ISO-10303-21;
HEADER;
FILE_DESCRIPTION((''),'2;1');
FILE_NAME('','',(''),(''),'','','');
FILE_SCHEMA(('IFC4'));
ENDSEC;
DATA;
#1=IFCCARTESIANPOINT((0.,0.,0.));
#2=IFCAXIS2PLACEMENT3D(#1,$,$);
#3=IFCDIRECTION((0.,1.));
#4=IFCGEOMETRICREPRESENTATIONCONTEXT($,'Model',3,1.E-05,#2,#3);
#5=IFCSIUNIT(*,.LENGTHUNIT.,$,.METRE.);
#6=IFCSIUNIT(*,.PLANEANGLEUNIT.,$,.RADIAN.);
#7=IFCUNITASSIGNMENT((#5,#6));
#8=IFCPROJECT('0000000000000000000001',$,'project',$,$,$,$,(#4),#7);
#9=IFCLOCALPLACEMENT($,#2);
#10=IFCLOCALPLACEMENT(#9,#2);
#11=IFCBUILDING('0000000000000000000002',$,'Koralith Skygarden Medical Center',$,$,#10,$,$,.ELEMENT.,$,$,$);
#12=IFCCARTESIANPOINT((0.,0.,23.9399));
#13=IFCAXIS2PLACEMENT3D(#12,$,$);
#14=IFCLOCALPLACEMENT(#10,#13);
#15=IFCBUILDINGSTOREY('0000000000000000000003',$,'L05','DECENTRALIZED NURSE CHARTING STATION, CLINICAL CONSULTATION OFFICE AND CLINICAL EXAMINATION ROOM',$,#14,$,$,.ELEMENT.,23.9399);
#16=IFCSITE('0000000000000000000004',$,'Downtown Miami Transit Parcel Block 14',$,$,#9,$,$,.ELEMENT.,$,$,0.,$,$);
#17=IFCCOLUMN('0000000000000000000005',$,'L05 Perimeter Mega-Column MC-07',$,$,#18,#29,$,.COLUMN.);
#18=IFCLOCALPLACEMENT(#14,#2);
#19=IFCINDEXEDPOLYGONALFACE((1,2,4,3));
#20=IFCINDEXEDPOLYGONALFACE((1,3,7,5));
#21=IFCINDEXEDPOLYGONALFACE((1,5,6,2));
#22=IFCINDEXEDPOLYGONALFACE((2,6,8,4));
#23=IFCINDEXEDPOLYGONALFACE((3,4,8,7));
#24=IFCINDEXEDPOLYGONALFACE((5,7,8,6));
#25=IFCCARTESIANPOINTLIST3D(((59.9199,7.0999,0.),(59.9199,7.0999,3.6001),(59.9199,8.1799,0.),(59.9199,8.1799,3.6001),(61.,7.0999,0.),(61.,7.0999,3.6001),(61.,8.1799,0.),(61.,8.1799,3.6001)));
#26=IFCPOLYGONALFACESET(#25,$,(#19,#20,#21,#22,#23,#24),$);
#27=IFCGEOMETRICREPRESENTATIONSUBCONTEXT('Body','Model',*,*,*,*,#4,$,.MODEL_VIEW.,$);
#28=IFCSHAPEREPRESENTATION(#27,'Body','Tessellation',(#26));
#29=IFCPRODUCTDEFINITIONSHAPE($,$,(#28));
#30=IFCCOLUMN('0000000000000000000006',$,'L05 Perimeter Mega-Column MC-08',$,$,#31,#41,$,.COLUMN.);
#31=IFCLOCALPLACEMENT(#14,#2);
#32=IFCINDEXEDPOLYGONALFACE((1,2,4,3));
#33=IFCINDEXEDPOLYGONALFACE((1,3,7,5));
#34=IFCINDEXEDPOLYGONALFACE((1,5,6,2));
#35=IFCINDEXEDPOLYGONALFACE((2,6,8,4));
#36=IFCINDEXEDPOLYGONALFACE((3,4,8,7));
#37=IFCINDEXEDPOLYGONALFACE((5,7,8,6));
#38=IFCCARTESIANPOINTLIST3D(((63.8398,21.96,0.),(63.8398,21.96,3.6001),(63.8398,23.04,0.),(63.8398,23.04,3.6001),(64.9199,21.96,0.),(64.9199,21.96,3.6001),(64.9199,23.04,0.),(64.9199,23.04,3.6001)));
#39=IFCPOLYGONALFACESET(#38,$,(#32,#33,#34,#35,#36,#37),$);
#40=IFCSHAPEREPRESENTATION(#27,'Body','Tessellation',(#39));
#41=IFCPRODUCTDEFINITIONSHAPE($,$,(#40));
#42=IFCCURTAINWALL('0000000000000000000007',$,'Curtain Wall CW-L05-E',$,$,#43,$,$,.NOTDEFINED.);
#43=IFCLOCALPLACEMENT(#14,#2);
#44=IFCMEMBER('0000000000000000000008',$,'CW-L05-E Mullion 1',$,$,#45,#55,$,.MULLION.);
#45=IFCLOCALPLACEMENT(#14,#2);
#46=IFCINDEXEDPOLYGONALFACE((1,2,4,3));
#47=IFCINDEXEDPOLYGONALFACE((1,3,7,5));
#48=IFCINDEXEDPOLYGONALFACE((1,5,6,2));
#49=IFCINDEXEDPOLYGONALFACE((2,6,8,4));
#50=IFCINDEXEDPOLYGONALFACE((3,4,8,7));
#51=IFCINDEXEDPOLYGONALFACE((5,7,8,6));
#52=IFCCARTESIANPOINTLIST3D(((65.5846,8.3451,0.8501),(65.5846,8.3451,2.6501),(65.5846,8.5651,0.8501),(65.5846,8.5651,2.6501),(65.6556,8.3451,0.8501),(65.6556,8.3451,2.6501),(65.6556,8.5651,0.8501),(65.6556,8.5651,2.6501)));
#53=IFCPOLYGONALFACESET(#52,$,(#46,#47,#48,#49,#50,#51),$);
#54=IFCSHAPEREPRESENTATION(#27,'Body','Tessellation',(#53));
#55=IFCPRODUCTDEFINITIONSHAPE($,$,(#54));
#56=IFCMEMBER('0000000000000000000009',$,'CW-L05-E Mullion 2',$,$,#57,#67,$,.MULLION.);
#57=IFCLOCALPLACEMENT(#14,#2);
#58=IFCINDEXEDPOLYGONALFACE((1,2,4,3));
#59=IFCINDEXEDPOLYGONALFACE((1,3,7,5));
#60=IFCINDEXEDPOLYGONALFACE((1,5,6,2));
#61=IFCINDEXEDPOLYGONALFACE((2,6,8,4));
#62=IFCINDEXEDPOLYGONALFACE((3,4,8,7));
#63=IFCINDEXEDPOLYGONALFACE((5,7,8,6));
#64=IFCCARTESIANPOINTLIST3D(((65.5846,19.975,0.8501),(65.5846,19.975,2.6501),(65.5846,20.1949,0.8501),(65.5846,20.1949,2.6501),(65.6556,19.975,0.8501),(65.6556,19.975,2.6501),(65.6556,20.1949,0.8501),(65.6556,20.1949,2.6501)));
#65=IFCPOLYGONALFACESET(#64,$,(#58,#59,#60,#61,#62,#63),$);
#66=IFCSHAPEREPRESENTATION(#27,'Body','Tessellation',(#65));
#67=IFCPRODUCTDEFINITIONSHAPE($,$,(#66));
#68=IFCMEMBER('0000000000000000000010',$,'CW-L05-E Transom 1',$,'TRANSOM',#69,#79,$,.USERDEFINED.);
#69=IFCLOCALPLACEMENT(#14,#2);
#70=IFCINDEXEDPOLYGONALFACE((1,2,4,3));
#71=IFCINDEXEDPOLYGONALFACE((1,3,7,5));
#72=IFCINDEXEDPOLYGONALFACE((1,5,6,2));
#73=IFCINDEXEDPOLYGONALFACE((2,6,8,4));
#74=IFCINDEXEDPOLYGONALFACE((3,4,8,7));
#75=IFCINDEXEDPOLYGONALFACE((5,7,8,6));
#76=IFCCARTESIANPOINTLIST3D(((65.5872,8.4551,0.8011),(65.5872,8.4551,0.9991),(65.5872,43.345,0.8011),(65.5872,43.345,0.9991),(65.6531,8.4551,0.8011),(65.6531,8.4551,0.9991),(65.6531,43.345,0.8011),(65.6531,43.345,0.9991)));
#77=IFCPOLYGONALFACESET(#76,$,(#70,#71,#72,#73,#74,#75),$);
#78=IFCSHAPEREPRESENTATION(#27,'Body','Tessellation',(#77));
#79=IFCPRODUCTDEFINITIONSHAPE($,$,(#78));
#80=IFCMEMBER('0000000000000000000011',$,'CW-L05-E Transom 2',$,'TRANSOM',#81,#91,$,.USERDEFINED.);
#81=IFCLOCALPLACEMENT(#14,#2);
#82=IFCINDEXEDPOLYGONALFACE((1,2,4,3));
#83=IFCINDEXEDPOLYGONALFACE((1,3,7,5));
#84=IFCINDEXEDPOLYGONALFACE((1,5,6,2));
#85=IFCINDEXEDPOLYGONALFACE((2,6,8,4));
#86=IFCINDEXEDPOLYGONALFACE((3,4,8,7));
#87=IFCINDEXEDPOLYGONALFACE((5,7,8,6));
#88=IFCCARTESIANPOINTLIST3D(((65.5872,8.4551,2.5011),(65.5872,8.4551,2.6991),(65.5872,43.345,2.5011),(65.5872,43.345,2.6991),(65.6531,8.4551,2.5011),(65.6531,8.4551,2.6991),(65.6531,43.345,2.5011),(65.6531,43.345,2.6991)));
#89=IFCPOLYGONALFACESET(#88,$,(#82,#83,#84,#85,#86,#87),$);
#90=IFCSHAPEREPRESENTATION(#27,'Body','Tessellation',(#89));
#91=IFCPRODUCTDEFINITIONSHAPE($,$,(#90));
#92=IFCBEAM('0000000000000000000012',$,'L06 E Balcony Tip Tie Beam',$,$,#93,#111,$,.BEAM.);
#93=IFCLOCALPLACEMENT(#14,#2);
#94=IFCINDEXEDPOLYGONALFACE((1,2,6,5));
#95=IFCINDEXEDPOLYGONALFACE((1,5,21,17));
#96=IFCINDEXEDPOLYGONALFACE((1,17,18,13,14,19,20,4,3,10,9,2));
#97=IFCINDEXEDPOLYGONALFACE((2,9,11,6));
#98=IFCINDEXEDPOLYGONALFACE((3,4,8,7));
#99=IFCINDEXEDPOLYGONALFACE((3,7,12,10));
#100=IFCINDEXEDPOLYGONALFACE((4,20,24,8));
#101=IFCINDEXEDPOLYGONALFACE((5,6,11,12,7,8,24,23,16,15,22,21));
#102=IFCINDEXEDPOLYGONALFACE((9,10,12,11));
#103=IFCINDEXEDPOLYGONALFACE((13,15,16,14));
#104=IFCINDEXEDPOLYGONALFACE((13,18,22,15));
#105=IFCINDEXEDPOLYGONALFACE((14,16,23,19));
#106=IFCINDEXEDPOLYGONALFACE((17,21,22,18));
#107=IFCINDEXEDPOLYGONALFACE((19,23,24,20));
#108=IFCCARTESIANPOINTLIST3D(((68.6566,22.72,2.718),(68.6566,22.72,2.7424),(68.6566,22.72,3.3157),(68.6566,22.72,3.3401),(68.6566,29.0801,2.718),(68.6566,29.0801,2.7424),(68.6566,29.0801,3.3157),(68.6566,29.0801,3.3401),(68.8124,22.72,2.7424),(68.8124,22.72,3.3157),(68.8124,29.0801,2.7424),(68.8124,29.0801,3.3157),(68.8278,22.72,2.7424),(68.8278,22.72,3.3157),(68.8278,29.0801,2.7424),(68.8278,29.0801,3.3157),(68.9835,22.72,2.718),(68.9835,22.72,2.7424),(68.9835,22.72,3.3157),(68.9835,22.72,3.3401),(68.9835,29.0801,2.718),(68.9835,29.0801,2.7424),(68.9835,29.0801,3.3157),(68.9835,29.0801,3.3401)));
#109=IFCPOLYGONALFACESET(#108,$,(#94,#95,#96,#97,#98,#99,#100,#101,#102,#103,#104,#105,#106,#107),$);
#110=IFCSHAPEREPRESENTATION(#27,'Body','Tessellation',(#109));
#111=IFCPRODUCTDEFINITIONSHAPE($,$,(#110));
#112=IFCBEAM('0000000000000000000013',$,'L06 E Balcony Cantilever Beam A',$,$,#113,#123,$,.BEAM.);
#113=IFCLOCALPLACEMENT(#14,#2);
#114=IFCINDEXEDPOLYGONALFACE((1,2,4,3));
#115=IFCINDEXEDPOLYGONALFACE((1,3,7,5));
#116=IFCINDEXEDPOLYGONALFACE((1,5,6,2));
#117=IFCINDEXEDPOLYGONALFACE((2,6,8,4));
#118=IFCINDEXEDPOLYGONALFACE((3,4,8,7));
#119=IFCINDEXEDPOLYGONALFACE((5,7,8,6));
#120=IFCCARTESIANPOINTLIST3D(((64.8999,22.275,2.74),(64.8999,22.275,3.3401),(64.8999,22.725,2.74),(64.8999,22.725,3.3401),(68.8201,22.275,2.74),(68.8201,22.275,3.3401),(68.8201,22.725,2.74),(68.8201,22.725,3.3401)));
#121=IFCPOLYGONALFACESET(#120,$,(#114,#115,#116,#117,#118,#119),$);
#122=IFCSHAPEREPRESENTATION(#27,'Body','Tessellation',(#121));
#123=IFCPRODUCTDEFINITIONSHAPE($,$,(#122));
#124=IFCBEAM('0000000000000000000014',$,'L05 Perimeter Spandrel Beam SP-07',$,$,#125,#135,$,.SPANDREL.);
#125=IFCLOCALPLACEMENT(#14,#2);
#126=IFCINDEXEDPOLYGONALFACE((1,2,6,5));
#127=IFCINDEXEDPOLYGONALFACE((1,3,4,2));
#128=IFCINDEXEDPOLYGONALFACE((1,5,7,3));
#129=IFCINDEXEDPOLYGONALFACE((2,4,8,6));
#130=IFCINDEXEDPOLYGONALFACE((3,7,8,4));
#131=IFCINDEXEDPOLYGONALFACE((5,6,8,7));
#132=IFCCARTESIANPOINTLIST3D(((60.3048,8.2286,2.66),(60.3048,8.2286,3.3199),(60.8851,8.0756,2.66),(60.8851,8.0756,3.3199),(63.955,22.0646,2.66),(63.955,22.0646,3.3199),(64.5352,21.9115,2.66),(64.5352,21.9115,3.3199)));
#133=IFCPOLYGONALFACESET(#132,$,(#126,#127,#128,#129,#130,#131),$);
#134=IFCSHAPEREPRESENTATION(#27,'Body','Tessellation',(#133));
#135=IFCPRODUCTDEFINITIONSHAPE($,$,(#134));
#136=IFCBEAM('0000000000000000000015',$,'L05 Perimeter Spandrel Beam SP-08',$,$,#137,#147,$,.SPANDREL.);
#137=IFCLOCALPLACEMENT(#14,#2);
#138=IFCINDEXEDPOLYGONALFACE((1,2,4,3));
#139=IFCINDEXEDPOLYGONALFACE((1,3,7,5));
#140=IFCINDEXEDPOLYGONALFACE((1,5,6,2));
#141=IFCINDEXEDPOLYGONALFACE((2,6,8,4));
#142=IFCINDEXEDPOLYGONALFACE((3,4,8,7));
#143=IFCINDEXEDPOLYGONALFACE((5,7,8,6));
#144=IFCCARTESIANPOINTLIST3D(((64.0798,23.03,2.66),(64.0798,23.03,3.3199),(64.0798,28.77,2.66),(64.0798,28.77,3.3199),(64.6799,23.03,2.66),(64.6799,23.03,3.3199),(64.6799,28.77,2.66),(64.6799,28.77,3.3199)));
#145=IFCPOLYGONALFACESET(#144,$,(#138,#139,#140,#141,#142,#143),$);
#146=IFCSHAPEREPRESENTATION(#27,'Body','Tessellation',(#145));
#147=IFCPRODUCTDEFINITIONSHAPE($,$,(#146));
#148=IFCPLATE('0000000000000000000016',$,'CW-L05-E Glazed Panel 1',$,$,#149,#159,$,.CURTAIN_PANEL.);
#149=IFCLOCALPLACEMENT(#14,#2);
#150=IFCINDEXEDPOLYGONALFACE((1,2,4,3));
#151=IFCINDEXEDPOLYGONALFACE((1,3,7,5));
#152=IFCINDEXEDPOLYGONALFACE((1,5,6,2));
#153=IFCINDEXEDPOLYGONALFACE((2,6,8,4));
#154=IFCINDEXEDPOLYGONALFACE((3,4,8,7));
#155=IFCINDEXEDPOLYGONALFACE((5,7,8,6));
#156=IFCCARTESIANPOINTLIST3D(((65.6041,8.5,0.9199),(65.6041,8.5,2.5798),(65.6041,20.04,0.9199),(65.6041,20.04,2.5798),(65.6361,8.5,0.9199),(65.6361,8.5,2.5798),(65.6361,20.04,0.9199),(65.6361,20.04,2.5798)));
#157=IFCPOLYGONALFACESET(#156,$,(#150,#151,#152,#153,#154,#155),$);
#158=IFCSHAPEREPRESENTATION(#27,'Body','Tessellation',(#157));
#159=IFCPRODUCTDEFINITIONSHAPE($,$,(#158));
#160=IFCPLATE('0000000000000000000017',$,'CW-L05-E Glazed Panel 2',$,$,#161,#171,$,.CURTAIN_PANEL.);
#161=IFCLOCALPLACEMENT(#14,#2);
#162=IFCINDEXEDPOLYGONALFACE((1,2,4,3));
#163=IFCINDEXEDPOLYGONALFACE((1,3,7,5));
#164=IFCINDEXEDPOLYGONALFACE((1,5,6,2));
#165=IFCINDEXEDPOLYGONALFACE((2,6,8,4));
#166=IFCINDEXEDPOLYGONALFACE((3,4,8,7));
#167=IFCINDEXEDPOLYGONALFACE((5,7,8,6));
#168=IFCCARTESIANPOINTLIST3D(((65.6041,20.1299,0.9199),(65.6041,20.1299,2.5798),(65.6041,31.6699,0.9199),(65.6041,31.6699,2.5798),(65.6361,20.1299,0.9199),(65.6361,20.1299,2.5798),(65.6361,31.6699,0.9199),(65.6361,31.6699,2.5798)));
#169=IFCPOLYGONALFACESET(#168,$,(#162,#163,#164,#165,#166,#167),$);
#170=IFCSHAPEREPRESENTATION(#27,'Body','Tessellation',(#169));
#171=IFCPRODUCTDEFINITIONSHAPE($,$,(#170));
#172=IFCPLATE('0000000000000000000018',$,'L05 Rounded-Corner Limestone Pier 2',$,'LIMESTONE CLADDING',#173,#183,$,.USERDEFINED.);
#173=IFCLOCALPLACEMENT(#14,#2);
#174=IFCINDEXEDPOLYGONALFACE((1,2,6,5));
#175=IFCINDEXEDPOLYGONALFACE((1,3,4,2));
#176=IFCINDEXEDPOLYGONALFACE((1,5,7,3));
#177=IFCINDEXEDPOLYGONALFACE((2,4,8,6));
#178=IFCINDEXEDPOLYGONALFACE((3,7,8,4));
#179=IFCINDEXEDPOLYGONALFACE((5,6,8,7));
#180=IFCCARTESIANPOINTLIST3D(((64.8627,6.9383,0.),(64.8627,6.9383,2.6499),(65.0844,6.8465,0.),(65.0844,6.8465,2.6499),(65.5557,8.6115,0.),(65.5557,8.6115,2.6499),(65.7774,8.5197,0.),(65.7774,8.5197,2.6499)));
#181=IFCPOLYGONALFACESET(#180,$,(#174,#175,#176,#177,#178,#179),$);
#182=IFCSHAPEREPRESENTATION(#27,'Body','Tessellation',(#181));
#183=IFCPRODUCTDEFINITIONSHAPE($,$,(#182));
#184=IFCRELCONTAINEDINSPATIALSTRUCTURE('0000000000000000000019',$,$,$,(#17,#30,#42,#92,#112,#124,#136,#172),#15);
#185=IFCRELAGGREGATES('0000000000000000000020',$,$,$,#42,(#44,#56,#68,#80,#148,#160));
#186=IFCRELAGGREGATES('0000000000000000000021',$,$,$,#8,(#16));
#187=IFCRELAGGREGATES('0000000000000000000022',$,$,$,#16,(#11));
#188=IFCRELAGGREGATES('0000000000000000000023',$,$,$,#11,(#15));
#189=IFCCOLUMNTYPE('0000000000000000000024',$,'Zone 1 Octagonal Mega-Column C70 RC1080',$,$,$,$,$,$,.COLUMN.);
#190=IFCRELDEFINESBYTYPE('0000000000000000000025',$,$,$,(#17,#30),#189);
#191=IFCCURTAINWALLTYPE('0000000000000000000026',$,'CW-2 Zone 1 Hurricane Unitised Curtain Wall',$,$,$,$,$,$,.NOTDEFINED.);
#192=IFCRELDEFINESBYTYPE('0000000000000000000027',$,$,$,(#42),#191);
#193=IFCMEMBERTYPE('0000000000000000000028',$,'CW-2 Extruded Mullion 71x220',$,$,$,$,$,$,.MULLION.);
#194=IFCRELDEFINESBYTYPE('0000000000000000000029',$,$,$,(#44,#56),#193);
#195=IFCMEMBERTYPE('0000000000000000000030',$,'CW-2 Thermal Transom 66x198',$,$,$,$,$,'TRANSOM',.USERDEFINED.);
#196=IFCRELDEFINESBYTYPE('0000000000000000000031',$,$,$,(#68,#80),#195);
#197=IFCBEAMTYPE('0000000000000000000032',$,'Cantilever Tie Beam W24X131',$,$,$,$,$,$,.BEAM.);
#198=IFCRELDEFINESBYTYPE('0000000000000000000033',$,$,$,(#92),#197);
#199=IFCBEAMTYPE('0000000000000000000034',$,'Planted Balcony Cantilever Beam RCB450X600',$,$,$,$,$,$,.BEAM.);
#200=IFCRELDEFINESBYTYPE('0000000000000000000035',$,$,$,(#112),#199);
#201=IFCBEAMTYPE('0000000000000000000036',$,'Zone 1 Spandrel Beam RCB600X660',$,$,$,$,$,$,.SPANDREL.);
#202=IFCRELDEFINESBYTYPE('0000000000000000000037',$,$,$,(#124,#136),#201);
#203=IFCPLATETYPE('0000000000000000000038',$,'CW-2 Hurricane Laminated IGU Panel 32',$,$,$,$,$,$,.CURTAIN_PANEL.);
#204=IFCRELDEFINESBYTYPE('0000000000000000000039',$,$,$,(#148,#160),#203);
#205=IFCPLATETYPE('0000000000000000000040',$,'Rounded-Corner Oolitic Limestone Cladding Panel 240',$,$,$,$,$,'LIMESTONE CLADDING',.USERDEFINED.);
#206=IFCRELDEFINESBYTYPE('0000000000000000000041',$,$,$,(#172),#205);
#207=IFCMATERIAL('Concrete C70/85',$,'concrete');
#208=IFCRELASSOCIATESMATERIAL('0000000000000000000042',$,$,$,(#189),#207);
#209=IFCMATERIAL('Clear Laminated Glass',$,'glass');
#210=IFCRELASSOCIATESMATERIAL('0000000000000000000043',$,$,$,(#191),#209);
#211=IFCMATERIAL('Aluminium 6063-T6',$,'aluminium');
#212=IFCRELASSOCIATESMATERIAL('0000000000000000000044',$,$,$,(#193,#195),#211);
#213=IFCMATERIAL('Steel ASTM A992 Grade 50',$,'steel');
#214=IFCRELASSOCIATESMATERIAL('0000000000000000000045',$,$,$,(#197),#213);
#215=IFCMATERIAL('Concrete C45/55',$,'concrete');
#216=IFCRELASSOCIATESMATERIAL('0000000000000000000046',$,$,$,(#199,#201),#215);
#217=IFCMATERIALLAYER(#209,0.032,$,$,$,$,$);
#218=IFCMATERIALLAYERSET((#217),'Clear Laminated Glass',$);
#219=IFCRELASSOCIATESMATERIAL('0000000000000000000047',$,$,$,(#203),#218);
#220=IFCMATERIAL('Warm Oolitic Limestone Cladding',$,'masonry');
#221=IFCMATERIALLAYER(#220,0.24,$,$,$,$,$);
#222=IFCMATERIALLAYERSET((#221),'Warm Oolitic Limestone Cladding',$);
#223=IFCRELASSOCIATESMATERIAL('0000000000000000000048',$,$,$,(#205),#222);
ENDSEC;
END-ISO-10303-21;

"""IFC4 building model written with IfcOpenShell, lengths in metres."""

from ifc_helpers import new_model, si_unit, direction, frame, origin, origin_2d, place, context, subcontext, project, spatial, rectangle, i_section, extrude, material, layer, layer_set, material_profile, profile_set, type_object, element, aggregate, save


model = new_model("IFC4")

# Units and contexts
model_context = context("Model", 3, precision=1e-05, world=origin(), true_north=direction((0.0, 1.0)))
body_context = subcontext(model_context, "Body", "Model", "MODEL_VIEW")
ifc_project = project(units=[si_unit("LENGTHUNIT", "METRE"), si_unit("PLANEANGLEUNIT", "RADIAN")], contexts=[model_context])

# Site, building, storey
site_placement = place(None, origin())
site = spatial("IfcSite", under=ifc_project, at=site_placement, Name="Downtown Miami Transit Parcel Block 14", CompositionType="ELEMENT", RefElevation=0.0)
building_placement = place(site_placement, origin())
building = spatial("IfcBuilding", under=site, at=building_placement, Name="Koralith Skygarden Medical Center", CompositionType="ELEMENT")
storey_placement = place(building_placement, frame((0.0, 0.0, 23.9399)))
storey = spatial("IfcBuildingStorey", under=building, at=storey_placement, Name="L05", Description="DECENTRALIZED NURSE CHARTING STATION, CLINICAL CONSULTATION OFFICE AND CLINICAL EXAMINATION ROOM", CompositionType="ELEMENT", Elevation=23.9399)

# Columns
ifc_material_1 = material(Name="Concrete C70/85", Category="concrete")
ifc_material_profile_1 = material_profile(ifc_material_1, rectangle(XDim=1.0801, YDim=1.0801, at=origin_2d()), Name="RC1080X1080")
ifc_profile_set_1 = profile_set([ifc_material_profile_1], Name="Concrete C70/85")
column_type = type_object("IfcColumnType", Name="Zone 1 Octagonal Mega-Column C70 RC1080", PredefinedType="COLUMN", material=ifc_profile_set_1)
for number, where, z_axis, x_axis, name in (
    (1, (60.46, 7.6399, 0.0), (0.0, 0.0, 1.0), (1.0, 0.0, 0.0), "L05 Perimeter Mega-Column MC-07"),
    (2, (64.3799, 22.5, 0.0), (0.0, 0.0, 1.0), (1.0, 0.0, 0.0), "L05 Perimeter Mega-Column MC-08"),
):
    element("IfcColumn", number, at=place(storey_placement, frame(where, z_axis=z_axis, x_axis=x_axis)), inside=storey, type_object=column_type, Name=name, PredefinedType="COLUMN", context=body_context, shape_type="SweptSolid", body=[
        extrude(rectangle(XDim=1.0801, YDim=1.0801, at=origin_2d()), origin(), (0.0, 0.0, 1.0), 3.6001),
    ])

# Curtain wall, members
ifc_material_2 = material(Name="Clear Laminated Glass", Category="glass")
curtain_wall_type = type_object("IfcCurtainWallType", Name="CW-2 Zone 1 Hurricane Unitised Curtain Wall", PredefinedType="NOTDEFINED", material=ifc_material_2)
curtain_wall_placement = place(storey_placement, origin())
curtain_wall = element("IfcCurtainWall", 3, at=curtain_wall_placement, inside=storey, type_object=curtain_wall_type, Name="Curtain Wall CW-L05-E", PredefinedType="NOTDEFINED")
ifc_material_3 = material(Name="Aluminium 6063-T6", Category="aluminium")
ifc_material_profile_2 = material_profile(ifc_material_3, rectangle(XDim=0.071, YDim=0.22, at=origin_2d()), Name="MUL71X220")
ifc_profile_set_2 = profile_set([ifc_material_profile_2], Name="Aluminium 6063-T6")
member_type_1 = type_object("IfcMemberType", Name="CW-2 Extruded Mullion 71x220", PredefinedType="MULLION", material=ifc_profile_set_2)
member_1_placement = place(storey_placement, frame((65.6201, 8.4551, 0.8501), z_axis=(0.0, 0.0, 1.0), x_axis=(1.0, 0.0, 0.0)))
member_1 = element("IfcMember", 4, at=member_1_placement, type_object=member_type_1, Name="CW-L05-E Mullion 1", PredefinedType="MULLION", context=body_context, shape_type="SweptSolid", body=[
    extrude(rectangle(XDim=0.071, YDim=0.22, at=origin_2d()), origin(), (0.0, 0.0, 1.0), 1.8),
])
member_2_placement = place(storey_placement, frame((65.6201, 20.085, 0.8501), z_axis=(0.0, 0.0, 1.0), x_axis=(1.0, 0.0, 0.0)))
member_2 = element("IfcMember", 5, at=member_2_placement, type_object=member_type_1, Name="CW-L05-E Mullion 2", PredefinedType="MULLION", context=body_context, shape_type="SweptSolid", body=[
    extrude(rectangle(XDim=0.071, YDim=0.22, at=origin_2d()), origin(), (0.0, 0.0, 1.0), 1.8),
])
ifc_material_profile_3 = material_profile(ifc_material_3, rectangle(XDim=0.0659, YDim=0.198, at=origin_2d()), Name="TRN66X198")
ifc_profile_set_3 = profile_set([ifc_material_profile_3], Name="Aluminium 6063-T6")
member_type_2 = type_object("IfcMemberType", Name="CW-2 Thermal Transom 66x198", ElementType="TRANSOM", PredefinedType="USERDEFINED", material=ifc_profile_set_3)
member_3_placement = place(storey_placement, frame((65.6201, 8.4551, 0.9001), z_axis=(0.0, 1.0, 0.0), x_axis=(-1.0, 0.0, 0.0)))
member_3 = element("IfcMember", 6, at=member_3_placement, type_object=member_type_2, Name="CW-L05-E Transom 1", ObjectType="TRANSOM", PredefinedType="USERDEFINED", context=body_context, shape_type="SweptSolid", body=[
    extrude(rectangle(XDim=0.0659, YDim=0.198, at=origin_2d()), origin(), (0.0, 0.0, 1.0), 34.8899),
])
member_4_placement = place(storey_placement, frame((65.6201, 8.4551, 2.6001), z_axis=(0.0, 1.0, 0.0), x_axis=(-1.0, 0.0, 0.0)))
member_4 = element("IfcMember", 7, at=member_4_placement, type_object=member_type_2, Name="CW-L05-E Transom 2", ObjectType="TRANSOM", PredefinedType="USERDEFINED", context=body_context, shape_type="SweptSolid", body=[
    extrude(rectangle(XDim=0.0659, YDim=0.198, at=origin_2d()), origin(), (0.0, 0.0, 1.0), 34.8899),
])

# Beams
ifc_material_4 = material(Name="Steel ASTM A992 Grade 50", Category="steel")
ifc_material_profile_4 = material_profile(ifc_material_4, i_section(OverallWidth=0.3269, OverallDepth=0.6221, WebThickness=0.0154, FlangeThickness=0.0244, at=origin_2d()), Name="W24X131")
ifc_profile_set_4 = profile_set([ifc_material_profile_4], Name="Steel ASTM A992 Grade 50")
beam_type_1 = type_object("IfcBeamType", Name="Cantilever Tie Beam W24X131", PredefinedType="BEAM", material=ifc_profile_set_4)
beam_1_placement = place(storey_placement, frame((68.8201, 22.72, 3.0291), z_axis=(0.0, 1.0, 0.0), x_axis=(-1.0, 0.0, 0.0)))
element("IfcBeam", 8, at=beam_1_placement, inside=storey, type_object=beam_type_1, Name="L06 E Balcony Tip Tie Beam", PredefinedType="BEAM", context=body_context, shape_type="SweptSolid", body=[
    extrude(i_section(OverallWidth=0.3269, OverallDepth=0.6221, WebThickness=0.0154, FlangeThickness=0.0244, at=origin_2d()), origin(), (0.0, 0.0, 1.0), 6.3601),
])
ifc_material_5 = material(Name="Concrete C45/55", Category="concrete")
ifc_material_profile_5 = material_profile(ifc_material_5, rectangle(XDim=0.45, YDim=0.6001, at=origin_2d()), Name="RCB450X600")
ifc_profile_set_5 = profile_set([ifc_material_profile_5], Name="Concrete C45/55")
beam_type_2 = type_object("IfcBeamType", Name="Planted Balcony Cantilever Beam RCB450X600", PredefinedType="BEAM", material=ifc_profile_set_5)
beam_2_placement = place(storey_placement, frame((64.8999, 22.5, 3.04), z_axis=(1.0, 0.0, 0.0), x_axis=(0.0, 1.0, 0.0)))
element("IfcBeam", 9, at=beam_2_placement, inside=storey, type_object=beam_type_2, Name="L06 E Balcony Cantilever Beam A", PredefinedType="BEAM", context=body_context, shape_type="SweptSolid", body=[
    extrude(rectangle(XDim=0.45, YDim=0.6001, at=origin_2d()), origin(), (0.0, 0.0, 1.0), 3.9202),
])
ifc_material_profile_6 = material_profile(ifc_material_5, rectangle(XDim=0.6001, YDim=0.6599, at=origin_2d()), Name="RCB600X660")
ifc_profile_set_6 = profile_set([ifc_material_profile_6], Name="Concrete C45/55")
beam_type_3 = type_object("IfcBeamType", Name="Zone 1 Spandrel Beam RCB600X660", PredefinedType="SPANDREL", material=ifc_profile_set_6)
beam_3_placement = place(storey_placement, frame((60.595, 8.1521, 2.99), z_axis=(0.255089, 0.966918, 0.0), x_axis=(-0.966918, 0.255089, 0.0)))
element("IfcBeam", 10, at=beam_3_placement, inside=storey, type_object=beam_type_3, Name="L05 Perimeter Spandrel Beam SP-07", PredefinedType="SPANDREL", context=body_context, shape_type="SweptSolid", body=[
    extrude(rectangle(XDim=0.6001, YDim=0.6599, at=origin_2d()), origin(), (0.0, 0.0, 1.0), 14.3093),
])
beam_4_placement = place(storey_placement, frame((64.3799, 23.03, 2.99), z_axis=(0.0, 1.0, 0.0), x_axis=(-1.0, 0.0, 0.0)))
element("IfcBeam", 11, at=beam_4_placement, inside=storey, type_object=beam_type_3, Name="L05 Perimeter Spandrel Beam SP-08", PredefinedType="SPANDREL", context=body_context, shape_type="SweptSolid", body=[
    extrude(rectangle(XDim=0.6001, YDim=0.6599, at=origin_2d()), origin(), (0.0, 0.0, 1.0), 5.74),
])

# Plates
ifc_layer_1 = layer(ifc_material_2, 0.032)
ifc_layer_set_1 = layer_set([ifc_layer_1], Name="Clear Laminated Glass")
plate_type_1 = type_object("IfcPlateType", Name="CW-2 Hurricane Laminated IGU Panel 32", PredefinedType="CURTAIN_PANEL", material=ifc_layer_set_1)
plate_1_placement = place(storey_placement, frame((65.6201, 14.27, 0.9199), z_axis=(0.0, 0.0, 1.0), x_axis=(0.0, 1.0, 0.0)))
plate_1 = element("IfcPlate", 12, at=plate_1_placement, type_object=plate_type_1, Name="CW-L05-E Glazed Panel 1", PredefinedType="CURTAIN_PANEL", context=body_context, shape_type="SweptSolid", body=[
    extrude(rectangle(XDim=11.54, YDim=0.032, at=origin_2d()), origin(), (0.0, 0.0, 1.0), 1.6599),
])
plate_2_placement = place(storey_placement, frame((65.6201, 25.8999, 0.9199), z_axis=(0.0, 0.0, 1.0), x_axis=(0.0, 1.0, 0.0)))
plate_2 = element("IfcPlate", 13, at=plate_2_placement, type_object=plate_type_1, Name="CW-L05-E Glazed Panel 2", PredefinedType="CURTAIN_PANEL", context=body_context, shape_type="SweptSolid", body=[
    extrude(rectangle(XDim=11.54, YDim=0.032, at=origin_2d()), origin(), (0.0, 0.0, 1.0), 1.6599),
])
aggregate(curtain_wall, [member_1, member_2, member_3, member_4, plate_1, plate_2])
ifc_material_6 = material(Name="Warm Oolitic Limestone Cladding", Category="masonry")
ifc_layer_2 = layer(ifc_material_6, 0.24)
ifc_layer_set_2 = layer_set([ifc_layer_2], Name="Warm Oolitic Limestone Cladding")
plate_type_2 = type_object("IfcPlateType", Name="Rounded-Corner Oolitic Limestone Cladding Panel 240", ElementType="LIMESTONE CLADDING", PredefinedType="USERDEFINED", material=ifc_layer_set_2)
plate_3_placement = place(storey_placement, frame((65.3201, 7.729, 0.0), z_axis=(0.0, 0.0, 1.0), x_axis=(0.382671, 0.923885, 0.0)))
element("IfcPlate", 14, at=plate_3_placement, inside=storey, type_object=plate_type_2, Name="L05 Rounded-Corner Limestone Pier 2", ObjectType="LIMESTONE CLADDING", PredefinedType="USERDEFINED", context=body_context, shape_type="SweptSolid", body=[
    extrude(rectangle(XDim=1.811, YDim=0.24, at=origin_2d()), origin(), (0.0, 0.0, 1.0), 2.6499),
])

save(model, "model.ifc")
